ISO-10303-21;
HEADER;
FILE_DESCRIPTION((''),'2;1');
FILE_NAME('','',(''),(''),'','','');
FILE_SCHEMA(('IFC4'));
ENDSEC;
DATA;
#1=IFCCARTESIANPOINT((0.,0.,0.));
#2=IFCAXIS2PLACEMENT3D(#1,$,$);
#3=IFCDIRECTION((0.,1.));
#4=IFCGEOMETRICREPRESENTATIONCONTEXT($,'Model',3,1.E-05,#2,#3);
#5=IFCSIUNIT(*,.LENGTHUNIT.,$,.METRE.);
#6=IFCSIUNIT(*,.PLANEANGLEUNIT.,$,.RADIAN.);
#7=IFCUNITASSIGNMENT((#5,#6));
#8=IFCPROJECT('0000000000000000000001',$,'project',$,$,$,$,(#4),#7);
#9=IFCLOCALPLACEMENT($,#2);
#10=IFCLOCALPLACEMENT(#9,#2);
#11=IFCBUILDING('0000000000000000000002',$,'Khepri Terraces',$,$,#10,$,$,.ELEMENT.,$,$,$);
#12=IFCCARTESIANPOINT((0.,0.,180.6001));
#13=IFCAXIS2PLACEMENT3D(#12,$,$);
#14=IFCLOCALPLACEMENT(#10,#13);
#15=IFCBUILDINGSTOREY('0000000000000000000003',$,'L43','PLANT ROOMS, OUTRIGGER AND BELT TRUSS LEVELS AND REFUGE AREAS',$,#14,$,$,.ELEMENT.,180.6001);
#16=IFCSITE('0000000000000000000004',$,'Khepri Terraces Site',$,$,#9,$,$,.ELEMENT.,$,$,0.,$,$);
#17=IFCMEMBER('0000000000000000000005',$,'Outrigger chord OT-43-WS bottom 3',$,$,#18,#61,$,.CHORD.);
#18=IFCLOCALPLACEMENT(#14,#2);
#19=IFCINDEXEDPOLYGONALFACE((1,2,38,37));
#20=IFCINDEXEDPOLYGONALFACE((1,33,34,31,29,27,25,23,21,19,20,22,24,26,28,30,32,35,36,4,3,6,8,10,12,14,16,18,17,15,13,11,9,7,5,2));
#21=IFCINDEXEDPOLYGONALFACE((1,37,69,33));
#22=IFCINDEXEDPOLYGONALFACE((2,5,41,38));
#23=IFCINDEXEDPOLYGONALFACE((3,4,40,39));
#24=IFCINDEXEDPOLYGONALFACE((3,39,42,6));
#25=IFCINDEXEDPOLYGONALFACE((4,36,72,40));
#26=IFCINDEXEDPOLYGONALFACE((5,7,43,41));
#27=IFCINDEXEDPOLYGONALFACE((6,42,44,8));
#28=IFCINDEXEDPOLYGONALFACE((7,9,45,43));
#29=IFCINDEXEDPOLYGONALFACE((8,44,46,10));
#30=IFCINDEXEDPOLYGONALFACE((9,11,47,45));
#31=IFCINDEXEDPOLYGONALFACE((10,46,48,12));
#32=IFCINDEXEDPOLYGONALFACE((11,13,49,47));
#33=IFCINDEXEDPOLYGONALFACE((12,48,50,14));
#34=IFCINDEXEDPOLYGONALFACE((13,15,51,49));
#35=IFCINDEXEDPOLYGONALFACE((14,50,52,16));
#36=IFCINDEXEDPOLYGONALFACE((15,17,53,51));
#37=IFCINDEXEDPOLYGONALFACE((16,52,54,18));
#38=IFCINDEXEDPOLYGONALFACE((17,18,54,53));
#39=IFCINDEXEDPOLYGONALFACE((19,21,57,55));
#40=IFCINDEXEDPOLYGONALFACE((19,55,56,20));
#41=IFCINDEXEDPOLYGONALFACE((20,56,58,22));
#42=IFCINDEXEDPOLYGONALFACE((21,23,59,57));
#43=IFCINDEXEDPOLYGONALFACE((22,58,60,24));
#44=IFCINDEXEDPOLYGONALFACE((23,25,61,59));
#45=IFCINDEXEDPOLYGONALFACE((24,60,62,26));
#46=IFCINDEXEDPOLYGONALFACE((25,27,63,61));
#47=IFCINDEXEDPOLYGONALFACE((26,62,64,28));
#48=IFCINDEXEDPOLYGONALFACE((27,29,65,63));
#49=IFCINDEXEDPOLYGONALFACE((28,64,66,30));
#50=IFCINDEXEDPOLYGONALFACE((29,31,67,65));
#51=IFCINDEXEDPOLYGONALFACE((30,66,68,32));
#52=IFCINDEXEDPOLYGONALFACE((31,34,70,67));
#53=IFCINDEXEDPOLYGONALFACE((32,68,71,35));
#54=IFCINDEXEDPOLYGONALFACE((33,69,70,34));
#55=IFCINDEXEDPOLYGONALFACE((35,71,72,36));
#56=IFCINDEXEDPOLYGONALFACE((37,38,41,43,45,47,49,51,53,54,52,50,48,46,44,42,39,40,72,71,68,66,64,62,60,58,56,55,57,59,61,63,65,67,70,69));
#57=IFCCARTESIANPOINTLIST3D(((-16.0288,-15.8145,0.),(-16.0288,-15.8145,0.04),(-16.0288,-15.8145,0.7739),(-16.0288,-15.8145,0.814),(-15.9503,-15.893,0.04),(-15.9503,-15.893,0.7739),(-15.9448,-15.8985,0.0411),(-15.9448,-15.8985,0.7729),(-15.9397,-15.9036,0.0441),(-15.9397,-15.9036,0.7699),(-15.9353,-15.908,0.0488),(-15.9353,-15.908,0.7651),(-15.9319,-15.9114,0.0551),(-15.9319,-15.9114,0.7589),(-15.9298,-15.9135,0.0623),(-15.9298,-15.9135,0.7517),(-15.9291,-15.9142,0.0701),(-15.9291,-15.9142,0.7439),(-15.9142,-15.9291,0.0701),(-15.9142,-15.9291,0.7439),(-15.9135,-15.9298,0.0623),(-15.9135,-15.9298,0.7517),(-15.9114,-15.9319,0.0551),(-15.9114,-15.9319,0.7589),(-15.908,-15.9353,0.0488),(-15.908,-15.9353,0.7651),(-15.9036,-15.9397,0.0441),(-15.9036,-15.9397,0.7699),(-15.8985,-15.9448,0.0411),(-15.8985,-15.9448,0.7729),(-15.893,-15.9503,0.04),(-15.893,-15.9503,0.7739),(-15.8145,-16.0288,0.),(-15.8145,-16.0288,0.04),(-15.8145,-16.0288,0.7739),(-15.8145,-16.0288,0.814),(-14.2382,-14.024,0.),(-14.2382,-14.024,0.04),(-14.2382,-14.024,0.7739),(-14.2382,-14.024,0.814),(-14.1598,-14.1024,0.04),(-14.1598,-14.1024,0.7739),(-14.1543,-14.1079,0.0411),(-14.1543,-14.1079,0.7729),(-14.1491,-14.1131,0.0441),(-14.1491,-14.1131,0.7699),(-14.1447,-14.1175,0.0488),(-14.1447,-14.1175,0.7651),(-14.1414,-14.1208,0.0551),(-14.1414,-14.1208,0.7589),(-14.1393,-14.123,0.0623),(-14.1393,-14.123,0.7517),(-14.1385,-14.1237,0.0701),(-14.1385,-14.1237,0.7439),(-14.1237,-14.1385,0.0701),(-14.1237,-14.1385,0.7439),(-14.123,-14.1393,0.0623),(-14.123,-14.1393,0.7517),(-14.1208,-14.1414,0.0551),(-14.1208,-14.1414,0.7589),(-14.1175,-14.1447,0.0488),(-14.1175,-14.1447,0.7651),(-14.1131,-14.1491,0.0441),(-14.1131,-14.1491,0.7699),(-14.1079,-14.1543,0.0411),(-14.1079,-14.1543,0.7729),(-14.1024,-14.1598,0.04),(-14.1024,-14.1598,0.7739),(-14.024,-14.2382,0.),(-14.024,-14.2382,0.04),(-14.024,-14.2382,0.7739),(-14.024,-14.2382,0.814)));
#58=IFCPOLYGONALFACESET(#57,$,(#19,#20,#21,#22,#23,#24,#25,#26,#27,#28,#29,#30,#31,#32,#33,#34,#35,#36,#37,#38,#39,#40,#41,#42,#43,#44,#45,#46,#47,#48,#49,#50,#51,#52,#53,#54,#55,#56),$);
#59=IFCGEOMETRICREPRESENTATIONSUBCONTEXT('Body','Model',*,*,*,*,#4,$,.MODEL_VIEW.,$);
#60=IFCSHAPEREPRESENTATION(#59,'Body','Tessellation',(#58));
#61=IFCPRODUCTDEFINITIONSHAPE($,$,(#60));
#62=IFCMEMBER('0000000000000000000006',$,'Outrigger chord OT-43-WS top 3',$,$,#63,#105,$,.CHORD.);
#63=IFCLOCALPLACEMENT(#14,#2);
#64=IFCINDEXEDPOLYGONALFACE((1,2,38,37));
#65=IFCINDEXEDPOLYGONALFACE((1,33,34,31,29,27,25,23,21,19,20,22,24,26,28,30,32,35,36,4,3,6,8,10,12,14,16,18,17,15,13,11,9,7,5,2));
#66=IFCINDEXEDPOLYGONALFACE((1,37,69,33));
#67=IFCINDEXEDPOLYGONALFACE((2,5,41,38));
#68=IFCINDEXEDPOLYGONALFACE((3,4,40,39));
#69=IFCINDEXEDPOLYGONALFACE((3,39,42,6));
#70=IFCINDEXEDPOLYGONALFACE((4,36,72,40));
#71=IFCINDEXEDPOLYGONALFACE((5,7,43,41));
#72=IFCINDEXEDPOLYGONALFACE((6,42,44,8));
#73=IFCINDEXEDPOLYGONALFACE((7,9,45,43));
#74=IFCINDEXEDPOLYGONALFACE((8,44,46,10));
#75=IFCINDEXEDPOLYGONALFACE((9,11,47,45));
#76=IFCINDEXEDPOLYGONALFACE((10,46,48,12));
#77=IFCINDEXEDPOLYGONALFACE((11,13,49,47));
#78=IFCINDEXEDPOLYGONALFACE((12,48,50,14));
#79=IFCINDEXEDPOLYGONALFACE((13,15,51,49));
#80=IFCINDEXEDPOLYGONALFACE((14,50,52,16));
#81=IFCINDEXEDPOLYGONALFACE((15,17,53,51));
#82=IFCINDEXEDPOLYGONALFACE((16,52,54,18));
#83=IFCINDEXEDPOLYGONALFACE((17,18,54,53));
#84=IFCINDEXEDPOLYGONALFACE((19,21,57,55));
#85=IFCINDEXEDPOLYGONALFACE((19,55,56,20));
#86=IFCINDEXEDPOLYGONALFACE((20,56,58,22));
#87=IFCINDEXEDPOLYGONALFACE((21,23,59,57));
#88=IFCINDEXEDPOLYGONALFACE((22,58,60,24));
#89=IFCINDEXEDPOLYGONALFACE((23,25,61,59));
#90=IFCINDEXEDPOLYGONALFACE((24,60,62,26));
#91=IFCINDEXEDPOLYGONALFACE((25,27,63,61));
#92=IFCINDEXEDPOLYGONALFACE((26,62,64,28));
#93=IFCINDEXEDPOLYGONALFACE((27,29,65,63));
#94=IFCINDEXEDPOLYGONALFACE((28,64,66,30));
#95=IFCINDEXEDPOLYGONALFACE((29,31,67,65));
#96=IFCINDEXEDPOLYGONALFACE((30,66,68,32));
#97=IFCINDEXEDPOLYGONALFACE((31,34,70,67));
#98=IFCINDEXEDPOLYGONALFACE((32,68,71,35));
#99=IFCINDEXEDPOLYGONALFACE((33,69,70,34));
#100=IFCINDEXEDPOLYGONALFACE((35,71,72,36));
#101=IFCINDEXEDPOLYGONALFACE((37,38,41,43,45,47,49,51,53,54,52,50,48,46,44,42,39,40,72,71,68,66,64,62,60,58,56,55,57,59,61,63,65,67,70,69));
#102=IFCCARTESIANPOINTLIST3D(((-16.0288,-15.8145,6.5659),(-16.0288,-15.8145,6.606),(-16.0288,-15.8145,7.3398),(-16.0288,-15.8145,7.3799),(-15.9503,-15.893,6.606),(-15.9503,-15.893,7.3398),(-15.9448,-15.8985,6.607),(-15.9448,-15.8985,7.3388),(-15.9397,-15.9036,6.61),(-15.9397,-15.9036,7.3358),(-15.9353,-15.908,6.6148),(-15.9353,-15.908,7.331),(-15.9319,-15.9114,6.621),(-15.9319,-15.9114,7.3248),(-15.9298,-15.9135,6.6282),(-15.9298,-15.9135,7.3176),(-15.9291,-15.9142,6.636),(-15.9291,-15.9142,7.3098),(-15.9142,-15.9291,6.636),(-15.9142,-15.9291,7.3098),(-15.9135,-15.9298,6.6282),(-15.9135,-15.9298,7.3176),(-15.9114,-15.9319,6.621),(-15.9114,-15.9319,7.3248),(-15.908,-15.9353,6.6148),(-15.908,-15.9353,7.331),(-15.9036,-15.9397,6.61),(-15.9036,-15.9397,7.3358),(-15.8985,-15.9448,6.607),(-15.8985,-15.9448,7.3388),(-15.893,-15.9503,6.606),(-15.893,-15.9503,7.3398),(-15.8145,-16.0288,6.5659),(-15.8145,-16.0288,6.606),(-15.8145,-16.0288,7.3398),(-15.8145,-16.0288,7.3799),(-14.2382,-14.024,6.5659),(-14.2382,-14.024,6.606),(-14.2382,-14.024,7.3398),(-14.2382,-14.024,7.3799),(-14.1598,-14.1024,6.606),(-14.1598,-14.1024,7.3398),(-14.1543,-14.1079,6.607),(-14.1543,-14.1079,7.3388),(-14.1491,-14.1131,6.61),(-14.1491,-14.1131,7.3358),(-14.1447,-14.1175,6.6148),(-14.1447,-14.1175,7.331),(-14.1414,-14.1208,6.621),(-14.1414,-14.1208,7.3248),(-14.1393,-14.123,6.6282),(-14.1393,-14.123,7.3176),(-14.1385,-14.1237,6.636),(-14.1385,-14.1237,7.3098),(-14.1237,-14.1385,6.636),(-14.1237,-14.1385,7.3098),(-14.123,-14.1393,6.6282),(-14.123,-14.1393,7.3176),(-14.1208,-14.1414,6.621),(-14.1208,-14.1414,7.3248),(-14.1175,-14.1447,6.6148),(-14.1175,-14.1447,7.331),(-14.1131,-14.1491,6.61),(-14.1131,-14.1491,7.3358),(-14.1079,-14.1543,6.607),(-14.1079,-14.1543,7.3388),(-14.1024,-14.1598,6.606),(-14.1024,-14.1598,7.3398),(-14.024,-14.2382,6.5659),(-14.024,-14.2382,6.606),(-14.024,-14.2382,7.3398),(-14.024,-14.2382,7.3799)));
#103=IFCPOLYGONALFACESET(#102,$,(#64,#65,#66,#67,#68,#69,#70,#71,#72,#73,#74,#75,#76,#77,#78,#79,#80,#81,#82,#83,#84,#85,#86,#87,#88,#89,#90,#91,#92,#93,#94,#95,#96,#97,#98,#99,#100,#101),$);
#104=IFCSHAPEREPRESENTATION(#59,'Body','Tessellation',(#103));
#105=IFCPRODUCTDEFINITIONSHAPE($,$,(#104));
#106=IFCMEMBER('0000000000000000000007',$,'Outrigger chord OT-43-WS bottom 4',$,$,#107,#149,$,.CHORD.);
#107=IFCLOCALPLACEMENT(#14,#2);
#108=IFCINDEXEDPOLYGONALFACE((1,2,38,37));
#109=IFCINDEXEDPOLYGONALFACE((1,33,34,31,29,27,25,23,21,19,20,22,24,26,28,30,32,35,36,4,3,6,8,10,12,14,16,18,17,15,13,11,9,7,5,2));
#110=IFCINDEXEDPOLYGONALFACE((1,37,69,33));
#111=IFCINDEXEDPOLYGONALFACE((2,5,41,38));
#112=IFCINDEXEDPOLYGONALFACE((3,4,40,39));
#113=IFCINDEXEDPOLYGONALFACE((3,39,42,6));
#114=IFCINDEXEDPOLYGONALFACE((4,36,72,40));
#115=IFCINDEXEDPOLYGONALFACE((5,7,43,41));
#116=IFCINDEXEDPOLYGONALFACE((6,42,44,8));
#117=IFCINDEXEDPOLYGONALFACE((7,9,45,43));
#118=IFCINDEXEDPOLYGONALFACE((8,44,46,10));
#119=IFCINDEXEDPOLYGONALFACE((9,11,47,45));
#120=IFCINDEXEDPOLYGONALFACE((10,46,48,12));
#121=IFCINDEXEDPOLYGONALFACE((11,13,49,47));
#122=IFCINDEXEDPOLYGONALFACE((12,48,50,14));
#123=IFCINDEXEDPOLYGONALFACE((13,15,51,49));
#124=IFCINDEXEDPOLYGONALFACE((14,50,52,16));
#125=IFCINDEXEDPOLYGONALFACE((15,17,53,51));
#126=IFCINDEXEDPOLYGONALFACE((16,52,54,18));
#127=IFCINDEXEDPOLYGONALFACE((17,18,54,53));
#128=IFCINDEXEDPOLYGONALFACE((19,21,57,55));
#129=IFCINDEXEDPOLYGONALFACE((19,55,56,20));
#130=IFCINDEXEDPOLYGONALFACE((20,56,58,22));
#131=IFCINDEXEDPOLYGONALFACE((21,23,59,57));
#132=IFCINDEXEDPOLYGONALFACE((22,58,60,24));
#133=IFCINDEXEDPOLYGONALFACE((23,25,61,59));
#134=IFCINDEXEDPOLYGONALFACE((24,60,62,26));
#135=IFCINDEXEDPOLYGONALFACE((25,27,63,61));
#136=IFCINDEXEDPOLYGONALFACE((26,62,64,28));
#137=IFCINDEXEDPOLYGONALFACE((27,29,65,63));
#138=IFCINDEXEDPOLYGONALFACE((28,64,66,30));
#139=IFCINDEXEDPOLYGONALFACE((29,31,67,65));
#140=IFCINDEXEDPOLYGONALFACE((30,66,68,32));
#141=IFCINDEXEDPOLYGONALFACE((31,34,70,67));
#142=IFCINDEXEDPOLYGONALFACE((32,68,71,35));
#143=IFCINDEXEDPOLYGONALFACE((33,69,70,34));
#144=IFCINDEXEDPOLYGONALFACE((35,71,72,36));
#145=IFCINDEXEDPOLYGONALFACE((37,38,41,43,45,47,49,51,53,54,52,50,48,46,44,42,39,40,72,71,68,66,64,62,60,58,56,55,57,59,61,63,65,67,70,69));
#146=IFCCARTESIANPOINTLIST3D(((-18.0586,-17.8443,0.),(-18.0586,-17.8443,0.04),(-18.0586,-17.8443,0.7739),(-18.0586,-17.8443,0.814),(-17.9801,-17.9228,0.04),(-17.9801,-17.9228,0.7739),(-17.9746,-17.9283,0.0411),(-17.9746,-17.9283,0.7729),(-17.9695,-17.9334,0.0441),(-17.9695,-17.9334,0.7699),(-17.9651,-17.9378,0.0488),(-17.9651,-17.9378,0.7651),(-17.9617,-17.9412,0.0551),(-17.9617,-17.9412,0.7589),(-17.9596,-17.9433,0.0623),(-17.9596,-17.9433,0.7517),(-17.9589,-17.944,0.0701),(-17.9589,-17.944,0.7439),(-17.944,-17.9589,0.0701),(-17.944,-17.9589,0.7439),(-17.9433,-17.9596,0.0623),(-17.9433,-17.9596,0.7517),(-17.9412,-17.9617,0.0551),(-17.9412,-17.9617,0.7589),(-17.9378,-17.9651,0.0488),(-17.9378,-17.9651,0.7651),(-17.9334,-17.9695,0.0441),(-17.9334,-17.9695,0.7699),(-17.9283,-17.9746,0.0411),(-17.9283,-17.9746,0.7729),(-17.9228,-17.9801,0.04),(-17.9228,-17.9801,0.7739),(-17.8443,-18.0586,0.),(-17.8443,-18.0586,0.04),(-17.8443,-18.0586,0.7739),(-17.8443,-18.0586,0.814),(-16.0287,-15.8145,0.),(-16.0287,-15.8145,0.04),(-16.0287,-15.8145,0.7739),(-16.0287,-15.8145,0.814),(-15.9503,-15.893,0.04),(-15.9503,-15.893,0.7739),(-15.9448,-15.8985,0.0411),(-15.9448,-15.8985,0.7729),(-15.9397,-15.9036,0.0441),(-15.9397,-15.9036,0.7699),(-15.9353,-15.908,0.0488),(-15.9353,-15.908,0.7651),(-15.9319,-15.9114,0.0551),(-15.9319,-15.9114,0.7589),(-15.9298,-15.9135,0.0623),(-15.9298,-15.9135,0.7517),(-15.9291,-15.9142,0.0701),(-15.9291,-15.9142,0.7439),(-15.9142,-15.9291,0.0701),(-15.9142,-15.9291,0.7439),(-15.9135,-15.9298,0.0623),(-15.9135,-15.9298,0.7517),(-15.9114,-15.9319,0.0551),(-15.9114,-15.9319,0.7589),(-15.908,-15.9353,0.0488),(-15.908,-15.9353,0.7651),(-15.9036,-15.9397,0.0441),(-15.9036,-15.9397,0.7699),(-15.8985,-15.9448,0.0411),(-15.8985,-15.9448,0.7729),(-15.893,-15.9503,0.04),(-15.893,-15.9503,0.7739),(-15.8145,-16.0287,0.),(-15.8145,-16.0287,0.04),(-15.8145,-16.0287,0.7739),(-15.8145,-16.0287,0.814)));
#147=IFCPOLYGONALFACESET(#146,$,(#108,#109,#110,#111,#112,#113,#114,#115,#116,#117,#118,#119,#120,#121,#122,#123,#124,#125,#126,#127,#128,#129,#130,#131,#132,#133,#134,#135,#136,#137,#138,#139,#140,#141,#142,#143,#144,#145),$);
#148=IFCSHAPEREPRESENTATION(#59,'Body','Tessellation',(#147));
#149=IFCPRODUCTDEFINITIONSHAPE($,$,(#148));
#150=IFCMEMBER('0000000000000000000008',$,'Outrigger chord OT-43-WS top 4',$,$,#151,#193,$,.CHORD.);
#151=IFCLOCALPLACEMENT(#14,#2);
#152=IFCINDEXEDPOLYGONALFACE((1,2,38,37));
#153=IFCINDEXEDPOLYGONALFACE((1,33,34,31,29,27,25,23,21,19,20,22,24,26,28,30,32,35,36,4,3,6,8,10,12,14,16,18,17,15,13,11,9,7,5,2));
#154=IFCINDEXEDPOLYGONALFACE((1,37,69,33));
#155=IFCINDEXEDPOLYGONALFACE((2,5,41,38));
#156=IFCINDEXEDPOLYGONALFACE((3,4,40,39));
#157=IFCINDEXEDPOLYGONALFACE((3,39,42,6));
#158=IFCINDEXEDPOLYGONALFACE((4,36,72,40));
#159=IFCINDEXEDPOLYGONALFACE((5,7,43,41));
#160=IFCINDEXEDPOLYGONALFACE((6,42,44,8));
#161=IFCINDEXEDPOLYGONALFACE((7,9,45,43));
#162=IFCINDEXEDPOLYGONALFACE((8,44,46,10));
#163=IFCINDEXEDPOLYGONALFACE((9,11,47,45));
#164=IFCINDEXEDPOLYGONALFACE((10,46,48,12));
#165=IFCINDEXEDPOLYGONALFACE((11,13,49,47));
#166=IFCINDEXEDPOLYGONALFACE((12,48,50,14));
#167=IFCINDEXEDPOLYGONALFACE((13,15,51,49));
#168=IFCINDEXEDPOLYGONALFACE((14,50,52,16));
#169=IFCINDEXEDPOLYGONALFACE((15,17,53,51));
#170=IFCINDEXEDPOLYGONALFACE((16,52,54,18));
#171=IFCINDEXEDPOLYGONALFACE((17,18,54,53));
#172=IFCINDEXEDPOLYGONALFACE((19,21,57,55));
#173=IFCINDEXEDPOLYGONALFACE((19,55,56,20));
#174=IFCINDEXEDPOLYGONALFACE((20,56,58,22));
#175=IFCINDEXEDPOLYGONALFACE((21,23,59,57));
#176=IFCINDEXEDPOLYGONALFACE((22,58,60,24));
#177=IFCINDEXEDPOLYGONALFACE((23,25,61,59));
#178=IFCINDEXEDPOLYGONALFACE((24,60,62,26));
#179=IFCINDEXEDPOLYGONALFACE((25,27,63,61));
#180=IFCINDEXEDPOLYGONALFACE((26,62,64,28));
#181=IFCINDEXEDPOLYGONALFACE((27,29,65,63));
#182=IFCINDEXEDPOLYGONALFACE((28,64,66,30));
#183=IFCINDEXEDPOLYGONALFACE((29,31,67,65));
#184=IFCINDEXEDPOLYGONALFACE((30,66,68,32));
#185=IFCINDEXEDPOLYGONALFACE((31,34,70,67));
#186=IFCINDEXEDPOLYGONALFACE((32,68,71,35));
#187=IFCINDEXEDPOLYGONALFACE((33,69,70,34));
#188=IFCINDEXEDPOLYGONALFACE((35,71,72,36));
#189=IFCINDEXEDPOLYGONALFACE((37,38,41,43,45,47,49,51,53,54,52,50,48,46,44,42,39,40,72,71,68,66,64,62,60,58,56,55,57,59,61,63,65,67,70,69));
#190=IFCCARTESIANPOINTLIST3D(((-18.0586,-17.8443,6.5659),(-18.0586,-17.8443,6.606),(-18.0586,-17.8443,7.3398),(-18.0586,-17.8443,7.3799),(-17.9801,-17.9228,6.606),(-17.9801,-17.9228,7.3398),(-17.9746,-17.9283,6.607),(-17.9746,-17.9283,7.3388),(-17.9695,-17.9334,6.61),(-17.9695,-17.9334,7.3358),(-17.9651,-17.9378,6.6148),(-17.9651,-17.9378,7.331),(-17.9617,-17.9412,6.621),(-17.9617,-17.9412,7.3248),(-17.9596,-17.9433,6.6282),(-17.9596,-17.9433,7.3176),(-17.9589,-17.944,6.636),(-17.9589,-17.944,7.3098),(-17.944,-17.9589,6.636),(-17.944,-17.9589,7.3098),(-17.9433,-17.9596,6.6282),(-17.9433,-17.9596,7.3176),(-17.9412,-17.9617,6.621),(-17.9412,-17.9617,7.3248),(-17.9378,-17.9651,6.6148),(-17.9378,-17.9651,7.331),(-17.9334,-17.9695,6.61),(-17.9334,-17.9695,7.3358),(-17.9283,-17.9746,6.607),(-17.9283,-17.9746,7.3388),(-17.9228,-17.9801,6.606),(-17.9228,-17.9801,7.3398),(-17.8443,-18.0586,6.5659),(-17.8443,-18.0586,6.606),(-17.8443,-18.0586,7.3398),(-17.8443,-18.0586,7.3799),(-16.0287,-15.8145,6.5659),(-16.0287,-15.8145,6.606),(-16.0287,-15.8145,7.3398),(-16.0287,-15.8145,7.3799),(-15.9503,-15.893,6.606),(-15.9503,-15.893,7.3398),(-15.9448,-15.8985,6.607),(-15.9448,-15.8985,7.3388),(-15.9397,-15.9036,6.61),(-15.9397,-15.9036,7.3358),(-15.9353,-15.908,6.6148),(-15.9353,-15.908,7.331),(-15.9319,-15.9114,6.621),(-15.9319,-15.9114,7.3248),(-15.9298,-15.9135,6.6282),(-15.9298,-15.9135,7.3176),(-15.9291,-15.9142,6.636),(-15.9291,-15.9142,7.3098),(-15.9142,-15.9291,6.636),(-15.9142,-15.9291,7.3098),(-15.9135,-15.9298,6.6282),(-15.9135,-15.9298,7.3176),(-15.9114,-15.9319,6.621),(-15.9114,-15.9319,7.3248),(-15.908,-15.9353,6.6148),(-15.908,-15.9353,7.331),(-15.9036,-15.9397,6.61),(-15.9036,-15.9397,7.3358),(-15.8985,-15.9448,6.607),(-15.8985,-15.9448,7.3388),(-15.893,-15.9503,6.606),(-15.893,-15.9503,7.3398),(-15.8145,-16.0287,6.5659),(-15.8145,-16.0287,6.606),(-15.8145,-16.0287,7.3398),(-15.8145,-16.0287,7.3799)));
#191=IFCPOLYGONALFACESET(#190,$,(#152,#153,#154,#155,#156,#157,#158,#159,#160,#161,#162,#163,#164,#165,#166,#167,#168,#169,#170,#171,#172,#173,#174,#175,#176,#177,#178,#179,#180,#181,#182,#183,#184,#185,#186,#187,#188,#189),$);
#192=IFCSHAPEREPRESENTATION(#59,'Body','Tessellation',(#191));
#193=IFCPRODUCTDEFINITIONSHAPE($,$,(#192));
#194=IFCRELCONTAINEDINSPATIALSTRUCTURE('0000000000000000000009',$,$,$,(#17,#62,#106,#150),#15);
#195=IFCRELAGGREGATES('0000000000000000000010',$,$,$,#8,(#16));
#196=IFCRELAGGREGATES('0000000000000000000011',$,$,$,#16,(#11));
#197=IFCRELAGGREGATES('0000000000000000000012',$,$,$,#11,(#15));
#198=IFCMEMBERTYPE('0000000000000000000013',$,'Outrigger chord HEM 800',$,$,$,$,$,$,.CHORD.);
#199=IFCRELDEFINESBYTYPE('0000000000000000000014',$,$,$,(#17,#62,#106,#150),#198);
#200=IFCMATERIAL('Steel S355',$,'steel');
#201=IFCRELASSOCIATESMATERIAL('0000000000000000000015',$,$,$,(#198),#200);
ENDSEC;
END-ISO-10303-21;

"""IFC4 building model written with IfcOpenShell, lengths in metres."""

from ifc_helpers import new_model, si_unit, direction, frame, origin, origin_2d, place, context, subcontext, project, spatial, i_section, extrude, material, material_profile, profile_set, type_object, element, save


model = new_model("IFC4")

# Units and contexts
model_context = context("Model", 3, precision=1e-05, world=origin(), true_north=direction((0.0, 1.0)))
body_context = subcontext(model_context, "Body", "Model", "MODEL_VIEW")
ifc_project = project(units=[si_unit("LENGTHUNIT", "METRE"), si_unit("PLANEANGLEUNIT", "RADIAN")], contexts=[model_context])

# Site, building, storey
site_placement = place(None, origin())
site = spatial("IfcSite", under=ifc_project, at=site_placement, Name="Khepri Terraces Site", CompositionType="ELEMENT", RefElevation=0.0)
building_placement = place(site_placement, origin())
building = spatial("IfcBuilding", under=site, at=building_placement, Name="Khepri Terraces", CompositionType="ELEMENT")
storey_placement = place(building_placement, frame((0.0, 0.0, 180.6001)))
storey = spatial("IfcBuildingStorey", under=building, at=storey_placement, Name="L43", Description="PLANT ROOMS, OUTRIGGER AND BELT TRUSS LEVELS AND REFUGE AREAS", CompositionType="ELEMENT", Elevation=180.6001)

# Members
ifc_material_1 = material(Name="Steel S355", Category="steel")
ifc_material_profile_1 = material_profile(ifc_material_1, i_section(OverallWidth=0.303, OverallDepth=0.814, WebThickness=0.021, FlangeThickness=0.04, FilletRadius=0.03, at=origin_2d()), Name="Steel S355", Category="steel")
ifc_profile_set_1 = profile_set([ifc_material_profile_1], Name="Steel S355")
member_type_1 = type_object("IfcMemberType", Name="Outrigger chord HEM 800", PredefinedType="CHORD", material=ifc_profile_set_1)
for number, where, z_axis, x_axis, name in (
    (1, (-14.1311, -14.1311, 0.407), (-0.707107, -0.707107, 0.0), (0.707107, -0.707107, 0.0), "Outrigger chord OT-43-WS bottom 3"),
    (2, (-14.1311, -14.1311, 6.9729), (-0.707107, -0.707107, 0.0), (0.707107, -0.707107, 0.0), "Outrigger chord OT-43-WS top 3"),
):
    element("IfcMember", number, at=place(storey_placement, frame(where, z_axis=z_axis, x_axis=x_axis)), inside=storey, type_object=member_type_1, Name=name, PredefinedType="CHORD", context=body_context, shape_type="SweptSolid", body=[
        extrude(i_section(OverallWidth=0.303, OverallDepth=0.814, WebThickness=0.021, FlangeThickness=0.04, FilletRadius=0.03, at=origin_2d()), origin(), (0.0, 0.0, 1.0), 2.5322),
    ])
for number, where, z_axis, x_axis, name in (
    (3, (-15.9216, -15.9216, 0.407), (-0.707107, -0.707107, 0.0), (0.707107, -0.707107, 0.0), "Outrigger chord OT-43-WS bottom 4"),
    (4, (-15.9216, -15.9216, 6.9729), (-0.707107, -0.707107, 0.0), (0.707107, -0.707107, 0.0), "Outrigger chord OT-43-WS top 4"),
):
    element("IfcMember", number, at=place(storey_placement, frame(where, z_axis=z_axis, x_axis=x_axis)), inside=storey, type_object=member_type_1, Name=name, PredefinedType="CHORD", context=body_context, shape_type="SweptSolid", body=[
        extrude(i_section(OverallWidth=0.303, OverallDepth=0.814, WebThickness=0.021, FlangeThickness=0.04, FilletRadius=0.03, at=origin_2d()), origin(), (0.0, 0.0, 1.0), 2.8706),
    ])

save(model, "model.ifc")
